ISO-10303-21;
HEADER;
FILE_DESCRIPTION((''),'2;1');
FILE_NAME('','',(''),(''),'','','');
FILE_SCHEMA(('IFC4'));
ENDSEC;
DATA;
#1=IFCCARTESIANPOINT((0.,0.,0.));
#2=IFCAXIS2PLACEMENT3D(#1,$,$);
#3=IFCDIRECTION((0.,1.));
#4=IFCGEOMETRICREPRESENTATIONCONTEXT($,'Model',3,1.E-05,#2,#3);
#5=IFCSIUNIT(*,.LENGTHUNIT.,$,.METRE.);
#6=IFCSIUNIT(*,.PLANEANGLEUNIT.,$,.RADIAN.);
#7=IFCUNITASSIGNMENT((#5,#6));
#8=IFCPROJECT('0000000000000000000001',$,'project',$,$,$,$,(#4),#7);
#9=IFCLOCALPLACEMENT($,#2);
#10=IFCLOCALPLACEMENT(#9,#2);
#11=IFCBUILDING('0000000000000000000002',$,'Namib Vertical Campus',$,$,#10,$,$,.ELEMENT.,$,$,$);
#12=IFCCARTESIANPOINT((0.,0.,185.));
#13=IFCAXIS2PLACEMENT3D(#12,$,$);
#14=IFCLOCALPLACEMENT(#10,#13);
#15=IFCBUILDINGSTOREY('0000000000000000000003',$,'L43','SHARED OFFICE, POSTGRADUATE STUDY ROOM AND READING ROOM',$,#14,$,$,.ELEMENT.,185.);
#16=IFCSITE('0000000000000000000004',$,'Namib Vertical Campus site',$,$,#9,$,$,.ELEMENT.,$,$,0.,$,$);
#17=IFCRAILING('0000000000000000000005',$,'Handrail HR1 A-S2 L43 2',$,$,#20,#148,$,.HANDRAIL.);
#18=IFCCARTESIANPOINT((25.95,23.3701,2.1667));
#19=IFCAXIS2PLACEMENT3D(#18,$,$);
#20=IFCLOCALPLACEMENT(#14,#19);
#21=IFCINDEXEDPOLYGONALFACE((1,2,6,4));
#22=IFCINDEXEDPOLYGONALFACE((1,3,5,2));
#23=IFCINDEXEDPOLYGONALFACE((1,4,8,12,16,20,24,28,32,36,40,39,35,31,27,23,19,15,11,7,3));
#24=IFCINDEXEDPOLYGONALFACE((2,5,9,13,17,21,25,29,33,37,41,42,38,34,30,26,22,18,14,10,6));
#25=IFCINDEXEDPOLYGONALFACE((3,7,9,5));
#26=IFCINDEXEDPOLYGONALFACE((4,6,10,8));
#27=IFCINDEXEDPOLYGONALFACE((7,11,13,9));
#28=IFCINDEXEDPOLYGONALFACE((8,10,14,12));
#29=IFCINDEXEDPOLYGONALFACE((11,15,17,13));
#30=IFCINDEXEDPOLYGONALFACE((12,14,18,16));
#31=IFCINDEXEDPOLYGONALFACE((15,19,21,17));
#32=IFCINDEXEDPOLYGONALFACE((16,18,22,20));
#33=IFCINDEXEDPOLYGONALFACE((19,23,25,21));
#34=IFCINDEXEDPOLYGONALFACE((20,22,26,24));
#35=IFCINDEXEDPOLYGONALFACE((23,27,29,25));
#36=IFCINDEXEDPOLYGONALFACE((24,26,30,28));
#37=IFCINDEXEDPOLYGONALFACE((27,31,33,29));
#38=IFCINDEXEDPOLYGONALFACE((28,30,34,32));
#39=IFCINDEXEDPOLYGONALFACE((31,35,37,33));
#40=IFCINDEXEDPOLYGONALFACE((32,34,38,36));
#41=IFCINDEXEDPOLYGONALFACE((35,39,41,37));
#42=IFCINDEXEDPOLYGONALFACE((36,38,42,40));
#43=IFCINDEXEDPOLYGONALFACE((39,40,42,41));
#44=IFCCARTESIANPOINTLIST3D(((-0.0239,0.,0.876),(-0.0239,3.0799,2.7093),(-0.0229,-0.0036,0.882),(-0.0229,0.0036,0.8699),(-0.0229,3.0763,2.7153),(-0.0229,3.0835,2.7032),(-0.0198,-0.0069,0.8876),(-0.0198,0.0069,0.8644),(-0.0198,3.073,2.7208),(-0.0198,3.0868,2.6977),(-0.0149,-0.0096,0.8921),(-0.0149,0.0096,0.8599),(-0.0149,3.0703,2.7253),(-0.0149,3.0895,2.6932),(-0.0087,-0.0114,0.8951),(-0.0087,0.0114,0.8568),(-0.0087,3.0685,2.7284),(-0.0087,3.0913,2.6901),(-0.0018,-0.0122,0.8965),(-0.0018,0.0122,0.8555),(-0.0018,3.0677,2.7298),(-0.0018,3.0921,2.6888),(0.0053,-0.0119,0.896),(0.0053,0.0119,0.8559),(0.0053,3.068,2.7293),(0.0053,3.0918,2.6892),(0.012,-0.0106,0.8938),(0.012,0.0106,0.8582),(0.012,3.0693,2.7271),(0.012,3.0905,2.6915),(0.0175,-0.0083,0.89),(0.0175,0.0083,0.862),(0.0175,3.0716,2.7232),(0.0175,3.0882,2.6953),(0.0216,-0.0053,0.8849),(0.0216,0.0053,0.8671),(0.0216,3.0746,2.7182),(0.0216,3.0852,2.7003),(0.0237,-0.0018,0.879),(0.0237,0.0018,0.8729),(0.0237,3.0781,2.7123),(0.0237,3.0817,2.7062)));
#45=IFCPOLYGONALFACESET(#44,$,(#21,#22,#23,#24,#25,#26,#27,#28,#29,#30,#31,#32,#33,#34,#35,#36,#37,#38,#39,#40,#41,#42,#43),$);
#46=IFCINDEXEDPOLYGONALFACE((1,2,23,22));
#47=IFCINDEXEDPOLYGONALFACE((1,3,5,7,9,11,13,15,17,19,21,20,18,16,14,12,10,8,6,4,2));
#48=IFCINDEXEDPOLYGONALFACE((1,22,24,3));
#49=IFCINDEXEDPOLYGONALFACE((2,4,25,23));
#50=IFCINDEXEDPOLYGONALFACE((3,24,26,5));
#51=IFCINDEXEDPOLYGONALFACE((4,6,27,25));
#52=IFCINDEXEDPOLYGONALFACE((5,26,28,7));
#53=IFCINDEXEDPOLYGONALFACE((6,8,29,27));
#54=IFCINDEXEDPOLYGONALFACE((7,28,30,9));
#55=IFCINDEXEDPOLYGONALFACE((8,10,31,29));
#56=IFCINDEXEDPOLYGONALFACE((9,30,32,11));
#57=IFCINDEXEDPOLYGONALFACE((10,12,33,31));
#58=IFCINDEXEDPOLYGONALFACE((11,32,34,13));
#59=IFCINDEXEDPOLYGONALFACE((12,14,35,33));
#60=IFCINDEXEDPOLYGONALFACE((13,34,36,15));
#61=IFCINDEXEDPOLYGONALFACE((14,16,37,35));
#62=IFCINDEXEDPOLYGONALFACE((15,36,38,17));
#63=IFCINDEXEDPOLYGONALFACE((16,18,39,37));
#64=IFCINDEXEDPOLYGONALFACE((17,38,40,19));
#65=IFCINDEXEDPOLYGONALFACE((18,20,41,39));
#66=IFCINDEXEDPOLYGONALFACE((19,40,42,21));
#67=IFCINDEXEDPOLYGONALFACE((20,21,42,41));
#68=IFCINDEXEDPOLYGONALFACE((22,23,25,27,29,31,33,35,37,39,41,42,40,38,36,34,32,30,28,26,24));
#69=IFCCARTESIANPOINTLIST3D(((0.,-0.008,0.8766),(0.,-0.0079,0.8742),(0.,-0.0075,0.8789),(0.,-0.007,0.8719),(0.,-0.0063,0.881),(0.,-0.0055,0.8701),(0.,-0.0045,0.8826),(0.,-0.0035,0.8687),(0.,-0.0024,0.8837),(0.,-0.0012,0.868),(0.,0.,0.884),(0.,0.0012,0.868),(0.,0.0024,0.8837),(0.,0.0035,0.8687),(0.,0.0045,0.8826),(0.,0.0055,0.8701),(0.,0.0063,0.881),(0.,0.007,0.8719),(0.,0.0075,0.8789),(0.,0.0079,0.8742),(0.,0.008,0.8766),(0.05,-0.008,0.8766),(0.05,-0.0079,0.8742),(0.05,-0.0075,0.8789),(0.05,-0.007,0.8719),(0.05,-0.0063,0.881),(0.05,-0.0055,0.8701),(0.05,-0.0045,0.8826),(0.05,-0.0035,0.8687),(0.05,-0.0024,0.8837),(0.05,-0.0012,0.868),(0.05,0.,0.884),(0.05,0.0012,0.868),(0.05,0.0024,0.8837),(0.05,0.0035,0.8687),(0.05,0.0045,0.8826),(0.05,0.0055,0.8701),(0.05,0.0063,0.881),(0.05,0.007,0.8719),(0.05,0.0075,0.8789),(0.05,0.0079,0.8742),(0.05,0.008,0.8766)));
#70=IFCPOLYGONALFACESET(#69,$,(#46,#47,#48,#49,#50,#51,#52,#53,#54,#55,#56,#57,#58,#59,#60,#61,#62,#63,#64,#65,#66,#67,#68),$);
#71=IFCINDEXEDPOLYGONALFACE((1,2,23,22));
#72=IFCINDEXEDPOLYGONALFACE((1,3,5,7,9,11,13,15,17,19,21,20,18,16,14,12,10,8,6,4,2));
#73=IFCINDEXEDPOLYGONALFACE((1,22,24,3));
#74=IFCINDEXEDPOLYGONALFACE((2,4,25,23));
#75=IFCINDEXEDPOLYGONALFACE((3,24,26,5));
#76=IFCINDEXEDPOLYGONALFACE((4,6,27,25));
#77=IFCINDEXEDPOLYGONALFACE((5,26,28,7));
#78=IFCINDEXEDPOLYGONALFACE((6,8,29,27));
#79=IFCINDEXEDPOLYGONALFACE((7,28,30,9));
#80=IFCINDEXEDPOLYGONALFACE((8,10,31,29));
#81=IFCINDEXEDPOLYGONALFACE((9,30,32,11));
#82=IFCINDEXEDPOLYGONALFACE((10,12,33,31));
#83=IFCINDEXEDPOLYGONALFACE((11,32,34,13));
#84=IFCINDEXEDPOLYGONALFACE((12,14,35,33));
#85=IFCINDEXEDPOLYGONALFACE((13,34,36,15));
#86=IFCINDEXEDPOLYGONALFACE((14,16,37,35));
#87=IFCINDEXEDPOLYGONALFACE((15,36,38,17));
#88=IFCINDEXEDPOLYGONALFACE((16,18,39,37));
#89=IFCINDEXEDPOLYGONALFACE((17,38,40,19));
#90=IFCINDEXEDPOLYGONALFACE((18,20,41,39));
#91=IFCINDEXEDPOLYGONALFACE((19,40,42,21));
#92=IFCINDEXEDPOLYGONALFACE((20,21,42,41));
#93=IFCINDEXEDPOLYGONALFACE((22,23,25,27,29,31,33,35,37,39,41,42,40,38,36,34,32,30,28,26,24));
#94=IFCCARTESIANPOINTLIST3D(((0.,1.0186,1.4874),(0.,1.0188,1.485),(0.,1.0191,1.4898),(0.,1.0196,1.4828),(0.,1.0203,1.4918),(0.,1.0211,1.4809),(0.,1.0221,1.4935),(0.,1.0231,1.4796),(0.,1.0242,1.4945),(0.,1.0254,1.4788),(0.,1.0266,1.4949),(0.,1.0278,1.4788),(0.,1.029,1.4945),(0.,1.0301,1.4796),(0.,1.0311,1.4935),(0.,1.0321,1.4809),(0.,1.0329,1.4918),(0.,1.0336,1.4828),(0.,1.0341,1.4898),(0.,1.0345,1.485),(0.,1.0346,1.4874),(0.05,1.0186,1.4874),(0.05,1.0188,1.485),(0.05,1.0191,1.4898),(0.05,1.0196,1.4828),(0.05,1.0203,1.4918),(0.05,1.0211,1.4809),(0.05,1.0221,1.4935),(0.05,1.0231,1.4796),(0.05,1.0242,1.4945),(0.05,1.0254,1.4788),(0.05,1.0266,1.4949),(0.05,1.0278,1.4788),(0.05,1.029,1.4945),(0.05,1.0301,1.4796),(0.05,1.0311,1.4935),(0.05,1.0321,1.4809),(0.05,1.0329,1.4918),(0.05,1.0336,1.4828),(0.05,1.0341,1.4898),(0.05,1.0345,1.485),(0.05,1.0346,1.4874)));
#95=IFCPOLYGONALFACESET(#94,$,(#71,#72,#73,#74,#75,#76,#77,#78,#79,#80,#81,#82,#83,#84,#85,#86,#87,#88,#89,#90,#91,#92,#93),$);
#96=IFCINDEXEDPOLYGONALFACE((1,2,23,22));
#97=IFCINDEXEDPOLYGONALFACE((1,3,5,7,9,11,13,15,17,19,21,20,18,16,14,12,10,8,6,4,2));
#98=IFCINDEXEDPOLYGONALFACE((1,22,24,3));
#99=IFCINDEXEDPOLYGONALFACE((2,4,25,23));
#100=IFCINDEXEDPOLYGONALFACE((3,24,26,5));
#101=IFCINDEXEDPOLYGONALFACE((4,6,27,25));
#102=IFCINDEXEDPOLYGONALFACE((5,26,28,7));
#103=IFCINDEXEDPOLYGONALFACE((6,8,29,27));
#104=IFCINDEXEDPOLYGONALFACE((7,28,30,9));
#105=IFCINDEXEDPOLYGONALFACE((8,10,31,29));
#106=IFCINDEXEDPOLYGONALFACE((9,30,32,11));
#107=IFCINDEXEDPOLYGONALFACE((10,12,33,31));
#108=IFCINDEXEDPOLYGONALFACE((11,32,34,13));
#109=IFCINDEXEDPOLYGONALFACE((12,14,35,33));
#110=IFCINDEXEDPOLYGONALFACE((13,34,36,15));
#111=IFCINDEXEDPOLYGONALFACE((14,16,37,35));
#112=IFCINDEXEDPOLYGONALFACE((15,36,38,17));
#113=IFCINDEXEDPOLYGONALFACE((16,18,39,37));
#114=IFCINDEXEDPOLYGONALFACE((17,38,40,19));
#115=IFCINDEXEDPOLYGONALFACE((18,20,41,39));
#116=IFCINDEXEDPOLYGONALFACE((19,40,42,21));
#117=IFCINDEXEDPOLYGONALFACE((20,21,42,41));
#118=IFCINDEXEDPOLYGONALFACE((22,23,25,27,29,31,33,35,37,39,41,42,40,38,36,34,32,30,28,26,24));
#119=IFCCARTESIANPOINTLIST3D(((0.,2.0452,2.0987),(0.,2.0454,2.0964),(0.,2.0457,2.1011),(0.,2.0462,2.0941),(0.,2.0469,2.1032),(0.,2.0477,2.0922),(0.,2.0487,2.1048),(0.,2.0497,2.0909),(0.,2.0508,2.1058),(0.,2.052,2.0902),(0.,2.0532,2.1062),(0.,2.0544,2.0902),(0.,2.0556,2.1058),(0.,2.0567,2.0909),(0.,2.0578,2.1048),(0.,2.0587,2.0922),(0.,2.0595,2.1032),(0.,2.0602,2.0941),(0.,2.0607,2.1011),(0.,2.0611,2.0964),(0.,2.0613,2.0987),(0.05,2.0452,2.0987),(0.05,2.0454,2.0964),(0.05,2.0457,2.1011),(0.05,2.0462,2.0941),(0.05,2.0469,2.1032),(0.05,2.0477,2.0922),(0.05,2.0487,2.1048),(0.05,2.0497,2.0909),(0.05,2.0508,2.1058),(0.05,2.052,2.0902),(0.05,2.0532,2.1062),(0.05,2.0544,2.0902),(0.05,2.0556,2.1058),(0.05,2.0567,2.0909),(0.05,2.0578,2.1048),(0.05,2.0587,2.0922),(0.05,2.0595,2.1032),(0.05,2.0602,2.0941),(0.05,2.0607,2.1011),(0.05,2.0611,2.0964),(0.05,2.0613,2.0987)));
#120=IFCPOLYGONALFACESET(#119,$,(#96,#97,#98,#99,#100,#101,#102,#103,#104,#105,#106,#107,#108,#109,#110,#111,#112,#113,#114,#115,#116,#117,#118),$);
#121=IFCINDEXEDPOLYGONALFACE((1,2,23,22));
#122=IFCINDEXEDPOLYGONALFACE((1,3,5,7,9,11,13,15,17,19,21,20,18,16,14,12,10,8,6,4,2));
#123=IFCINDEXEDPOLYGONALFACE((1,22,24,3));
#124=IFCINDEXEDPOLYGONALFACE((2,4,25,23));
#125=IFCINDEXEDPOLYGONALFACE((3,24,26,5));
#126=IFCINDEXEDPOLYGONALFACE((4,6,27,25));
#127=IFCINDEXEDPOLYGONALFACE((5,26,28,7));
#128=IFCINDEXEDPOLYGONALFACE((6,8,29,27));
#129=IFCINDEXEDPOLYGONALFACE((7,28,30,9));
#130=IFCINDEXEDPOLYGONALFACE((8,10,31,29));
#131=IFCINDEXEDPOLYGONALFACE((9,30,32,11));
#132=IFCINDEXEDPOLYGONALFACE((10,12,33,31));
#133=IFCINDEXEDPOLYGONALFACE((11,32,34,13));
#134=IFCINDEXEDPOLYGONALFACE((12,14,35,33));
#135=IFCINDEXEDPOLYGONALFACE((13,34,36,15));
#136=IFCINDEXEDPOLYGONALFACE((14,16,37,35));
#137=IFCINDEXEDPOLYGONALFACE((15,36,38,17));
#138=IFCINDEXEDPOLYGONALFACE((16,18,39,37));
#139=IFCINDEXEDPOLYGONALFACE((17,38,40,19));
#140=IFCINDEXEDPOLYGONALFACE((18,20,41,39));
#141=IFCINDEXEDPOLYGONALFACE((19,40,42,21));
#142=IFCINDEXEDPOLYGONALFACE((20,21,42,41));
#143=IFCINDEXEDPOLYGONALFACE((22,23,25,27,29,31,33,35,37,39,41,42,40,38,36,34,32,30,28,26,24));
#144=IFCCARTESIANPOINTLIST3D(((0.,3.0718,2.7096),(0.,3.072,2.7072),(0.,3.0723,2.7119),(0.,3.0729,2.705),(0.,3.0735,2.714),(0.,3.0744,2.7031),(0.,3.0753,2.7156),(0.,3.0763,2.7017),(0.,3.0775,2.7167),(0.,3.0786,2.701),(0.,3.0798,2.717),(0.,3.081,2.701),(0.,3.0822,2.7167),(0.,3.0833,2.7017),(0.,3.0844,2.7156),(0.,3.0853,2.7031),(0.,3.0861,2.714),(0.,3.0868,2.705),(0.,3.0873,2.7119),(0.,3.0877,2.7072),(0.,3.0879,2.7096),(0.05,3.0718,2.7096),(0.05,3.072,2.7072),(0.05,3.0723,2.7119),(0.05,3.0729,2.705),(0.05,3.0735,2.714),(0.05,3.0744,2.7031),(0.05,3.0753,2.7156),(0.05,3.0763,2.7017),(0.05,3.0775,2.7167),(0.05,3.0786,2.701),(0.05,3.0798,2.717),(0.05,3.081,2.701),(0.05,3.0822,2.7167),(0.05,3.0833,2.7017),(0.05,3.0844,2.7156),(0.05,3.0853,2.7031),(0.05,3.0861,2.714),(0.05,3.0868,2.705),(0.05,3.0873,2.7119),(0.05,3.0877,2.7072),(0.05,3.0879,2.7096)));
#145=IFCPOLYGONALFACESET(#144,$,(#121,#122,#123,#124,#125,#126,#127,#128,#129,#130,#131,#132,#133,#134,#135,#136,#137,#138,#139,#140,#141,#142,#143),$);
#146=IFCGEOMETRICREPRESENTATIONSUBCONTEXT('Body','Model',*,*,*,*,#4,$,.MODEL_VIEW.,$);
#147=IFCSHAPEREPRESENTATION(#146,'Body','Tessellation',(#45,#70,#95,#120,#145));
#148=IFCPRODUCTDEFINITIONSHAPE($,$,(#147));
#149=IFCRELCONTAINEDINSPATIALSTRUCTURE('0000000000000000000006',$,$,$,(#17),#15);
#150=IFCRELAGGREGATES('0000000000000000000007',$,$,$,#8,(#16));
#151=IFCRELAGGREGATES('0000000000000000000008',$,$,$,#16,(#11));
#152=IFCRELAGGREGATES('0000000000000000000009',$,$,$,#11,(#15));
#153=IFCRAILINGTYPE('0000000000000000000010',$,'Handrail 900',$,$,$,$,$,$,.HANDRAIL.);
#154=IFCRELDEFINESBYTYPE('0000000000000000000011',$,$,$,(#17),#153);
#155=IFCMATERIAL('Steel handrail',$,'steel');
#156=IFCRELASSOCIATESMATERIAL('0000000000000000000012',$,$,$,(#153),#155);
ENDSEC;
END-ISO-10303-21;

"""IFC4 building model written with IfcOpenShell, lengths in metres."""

from ifc_helpers import new_model, si_unit, direction, frame, origin, origin_2d, place, context, subcontext, project, spatial, circle, extrude, material, type_object, element, save


model = new_model("IFC4")

# Units and contexts
model_context = context("Model", 3, precision=1e-05, world=origin(), true_north=direction((0.0, 1.0)))
body_context = subcontext(model_context, "Body", "Model", "MODEL_VIEW")
ifc_project = project(units=[si_unit("LENGTHUNIT", "METRE"), si_unit("PLANEANGLEUNIT", "RADIAN")], contexts=[model_context])

# Site, building, storey
site_placement = place(None, origin())
site = spatial("IfcSite", under=ifc_project, at=site_placement, Name="Namib Vertical Campus site", CompositionType="ELEMENT", RefElevation=0.0)
building_placement = place(site_placement, origin())
building = spatial("IfcBuilding", under=site, at=building_placement, Name="Namib Vertical Campus", CompositionType="ELEMENT")
storey_placement = place(building_placement, frame((0.0, 0.0, 185.0)))
storey = spatial("IfcBuildingStorey", under=building, at=storey_placement, Name="L43", Description="SHARED OFFICE, POSTGRADUATE STUDY ROOM AND READING ROOM", CompositionType="ELEMENT", Elevation=185.0)

# Railing
ifc_material_1 = material(Name="Steel handrail", Category="steel")
railing_type_1 = type_object("IfcRailingType", Name="Handrail 900", PredefinedType="HANDRAIL", material=ifc_material_1)
railing_1_placement = place(storey_placement, frame((25.95, 23.3701, 2.1667)))
element("IfcRailing", 1, at=railing_1_placement, inside=storey, type_object=railing_type_1, Name="Handrail HR1 A-S2 L43 2", PredefinedType="HANDRAIL", context=body_context, shape_type="SweptSolid", body=[
    extrude(circle(Radius=0.0239, at=origin_2d()), frame((0.0, 0.0, 0.876), z_axis=(0.0, 0.859291, 0.511487), x_axis=(-1.0, 0.0, 0.0)), (0.0, 0.0, 1.0), 3.5842),
    extrude(circle(Radius=0.0081, at=origin_2d()), frame((0.0, 0.0, 0.876), z_axis=(1.0, 0.0, 0.0), x_axis=(0.0, 0.0, 1.0)), (0.0, 0.0, 1.0), 0.05),
    extrude(circle(Radius=0.0081, at=origin_2d()), frame((0.0, 1.0266, 1.4868), z_axis=(1.0, 0.0, 0.0), x_axis=(0.0, 0.0, 1.0)), (0.0, 0.0, 1.0), 0.05),
    extrude(circle(Radius=0.0081, at=origin_2d()), frame((0.0, 2.0532, 2.0981), z_axis=(1.0, 0.0, 0.0), x_axis=(0.0, 0.0, 1.0)), (0.0, 0.0, 1.0), 0.05),
    extrude(circle(Radius=0.0081, at=origin_2d()), frame((0.0, 3.0798, 2.709), z_axis=(1.0, 0.0, 0.0), x_axis=(0.0, 0.0, 1.0)), (0.0, 0.0, 1.0), 0.05),
])

save(model, "model.ifc")
